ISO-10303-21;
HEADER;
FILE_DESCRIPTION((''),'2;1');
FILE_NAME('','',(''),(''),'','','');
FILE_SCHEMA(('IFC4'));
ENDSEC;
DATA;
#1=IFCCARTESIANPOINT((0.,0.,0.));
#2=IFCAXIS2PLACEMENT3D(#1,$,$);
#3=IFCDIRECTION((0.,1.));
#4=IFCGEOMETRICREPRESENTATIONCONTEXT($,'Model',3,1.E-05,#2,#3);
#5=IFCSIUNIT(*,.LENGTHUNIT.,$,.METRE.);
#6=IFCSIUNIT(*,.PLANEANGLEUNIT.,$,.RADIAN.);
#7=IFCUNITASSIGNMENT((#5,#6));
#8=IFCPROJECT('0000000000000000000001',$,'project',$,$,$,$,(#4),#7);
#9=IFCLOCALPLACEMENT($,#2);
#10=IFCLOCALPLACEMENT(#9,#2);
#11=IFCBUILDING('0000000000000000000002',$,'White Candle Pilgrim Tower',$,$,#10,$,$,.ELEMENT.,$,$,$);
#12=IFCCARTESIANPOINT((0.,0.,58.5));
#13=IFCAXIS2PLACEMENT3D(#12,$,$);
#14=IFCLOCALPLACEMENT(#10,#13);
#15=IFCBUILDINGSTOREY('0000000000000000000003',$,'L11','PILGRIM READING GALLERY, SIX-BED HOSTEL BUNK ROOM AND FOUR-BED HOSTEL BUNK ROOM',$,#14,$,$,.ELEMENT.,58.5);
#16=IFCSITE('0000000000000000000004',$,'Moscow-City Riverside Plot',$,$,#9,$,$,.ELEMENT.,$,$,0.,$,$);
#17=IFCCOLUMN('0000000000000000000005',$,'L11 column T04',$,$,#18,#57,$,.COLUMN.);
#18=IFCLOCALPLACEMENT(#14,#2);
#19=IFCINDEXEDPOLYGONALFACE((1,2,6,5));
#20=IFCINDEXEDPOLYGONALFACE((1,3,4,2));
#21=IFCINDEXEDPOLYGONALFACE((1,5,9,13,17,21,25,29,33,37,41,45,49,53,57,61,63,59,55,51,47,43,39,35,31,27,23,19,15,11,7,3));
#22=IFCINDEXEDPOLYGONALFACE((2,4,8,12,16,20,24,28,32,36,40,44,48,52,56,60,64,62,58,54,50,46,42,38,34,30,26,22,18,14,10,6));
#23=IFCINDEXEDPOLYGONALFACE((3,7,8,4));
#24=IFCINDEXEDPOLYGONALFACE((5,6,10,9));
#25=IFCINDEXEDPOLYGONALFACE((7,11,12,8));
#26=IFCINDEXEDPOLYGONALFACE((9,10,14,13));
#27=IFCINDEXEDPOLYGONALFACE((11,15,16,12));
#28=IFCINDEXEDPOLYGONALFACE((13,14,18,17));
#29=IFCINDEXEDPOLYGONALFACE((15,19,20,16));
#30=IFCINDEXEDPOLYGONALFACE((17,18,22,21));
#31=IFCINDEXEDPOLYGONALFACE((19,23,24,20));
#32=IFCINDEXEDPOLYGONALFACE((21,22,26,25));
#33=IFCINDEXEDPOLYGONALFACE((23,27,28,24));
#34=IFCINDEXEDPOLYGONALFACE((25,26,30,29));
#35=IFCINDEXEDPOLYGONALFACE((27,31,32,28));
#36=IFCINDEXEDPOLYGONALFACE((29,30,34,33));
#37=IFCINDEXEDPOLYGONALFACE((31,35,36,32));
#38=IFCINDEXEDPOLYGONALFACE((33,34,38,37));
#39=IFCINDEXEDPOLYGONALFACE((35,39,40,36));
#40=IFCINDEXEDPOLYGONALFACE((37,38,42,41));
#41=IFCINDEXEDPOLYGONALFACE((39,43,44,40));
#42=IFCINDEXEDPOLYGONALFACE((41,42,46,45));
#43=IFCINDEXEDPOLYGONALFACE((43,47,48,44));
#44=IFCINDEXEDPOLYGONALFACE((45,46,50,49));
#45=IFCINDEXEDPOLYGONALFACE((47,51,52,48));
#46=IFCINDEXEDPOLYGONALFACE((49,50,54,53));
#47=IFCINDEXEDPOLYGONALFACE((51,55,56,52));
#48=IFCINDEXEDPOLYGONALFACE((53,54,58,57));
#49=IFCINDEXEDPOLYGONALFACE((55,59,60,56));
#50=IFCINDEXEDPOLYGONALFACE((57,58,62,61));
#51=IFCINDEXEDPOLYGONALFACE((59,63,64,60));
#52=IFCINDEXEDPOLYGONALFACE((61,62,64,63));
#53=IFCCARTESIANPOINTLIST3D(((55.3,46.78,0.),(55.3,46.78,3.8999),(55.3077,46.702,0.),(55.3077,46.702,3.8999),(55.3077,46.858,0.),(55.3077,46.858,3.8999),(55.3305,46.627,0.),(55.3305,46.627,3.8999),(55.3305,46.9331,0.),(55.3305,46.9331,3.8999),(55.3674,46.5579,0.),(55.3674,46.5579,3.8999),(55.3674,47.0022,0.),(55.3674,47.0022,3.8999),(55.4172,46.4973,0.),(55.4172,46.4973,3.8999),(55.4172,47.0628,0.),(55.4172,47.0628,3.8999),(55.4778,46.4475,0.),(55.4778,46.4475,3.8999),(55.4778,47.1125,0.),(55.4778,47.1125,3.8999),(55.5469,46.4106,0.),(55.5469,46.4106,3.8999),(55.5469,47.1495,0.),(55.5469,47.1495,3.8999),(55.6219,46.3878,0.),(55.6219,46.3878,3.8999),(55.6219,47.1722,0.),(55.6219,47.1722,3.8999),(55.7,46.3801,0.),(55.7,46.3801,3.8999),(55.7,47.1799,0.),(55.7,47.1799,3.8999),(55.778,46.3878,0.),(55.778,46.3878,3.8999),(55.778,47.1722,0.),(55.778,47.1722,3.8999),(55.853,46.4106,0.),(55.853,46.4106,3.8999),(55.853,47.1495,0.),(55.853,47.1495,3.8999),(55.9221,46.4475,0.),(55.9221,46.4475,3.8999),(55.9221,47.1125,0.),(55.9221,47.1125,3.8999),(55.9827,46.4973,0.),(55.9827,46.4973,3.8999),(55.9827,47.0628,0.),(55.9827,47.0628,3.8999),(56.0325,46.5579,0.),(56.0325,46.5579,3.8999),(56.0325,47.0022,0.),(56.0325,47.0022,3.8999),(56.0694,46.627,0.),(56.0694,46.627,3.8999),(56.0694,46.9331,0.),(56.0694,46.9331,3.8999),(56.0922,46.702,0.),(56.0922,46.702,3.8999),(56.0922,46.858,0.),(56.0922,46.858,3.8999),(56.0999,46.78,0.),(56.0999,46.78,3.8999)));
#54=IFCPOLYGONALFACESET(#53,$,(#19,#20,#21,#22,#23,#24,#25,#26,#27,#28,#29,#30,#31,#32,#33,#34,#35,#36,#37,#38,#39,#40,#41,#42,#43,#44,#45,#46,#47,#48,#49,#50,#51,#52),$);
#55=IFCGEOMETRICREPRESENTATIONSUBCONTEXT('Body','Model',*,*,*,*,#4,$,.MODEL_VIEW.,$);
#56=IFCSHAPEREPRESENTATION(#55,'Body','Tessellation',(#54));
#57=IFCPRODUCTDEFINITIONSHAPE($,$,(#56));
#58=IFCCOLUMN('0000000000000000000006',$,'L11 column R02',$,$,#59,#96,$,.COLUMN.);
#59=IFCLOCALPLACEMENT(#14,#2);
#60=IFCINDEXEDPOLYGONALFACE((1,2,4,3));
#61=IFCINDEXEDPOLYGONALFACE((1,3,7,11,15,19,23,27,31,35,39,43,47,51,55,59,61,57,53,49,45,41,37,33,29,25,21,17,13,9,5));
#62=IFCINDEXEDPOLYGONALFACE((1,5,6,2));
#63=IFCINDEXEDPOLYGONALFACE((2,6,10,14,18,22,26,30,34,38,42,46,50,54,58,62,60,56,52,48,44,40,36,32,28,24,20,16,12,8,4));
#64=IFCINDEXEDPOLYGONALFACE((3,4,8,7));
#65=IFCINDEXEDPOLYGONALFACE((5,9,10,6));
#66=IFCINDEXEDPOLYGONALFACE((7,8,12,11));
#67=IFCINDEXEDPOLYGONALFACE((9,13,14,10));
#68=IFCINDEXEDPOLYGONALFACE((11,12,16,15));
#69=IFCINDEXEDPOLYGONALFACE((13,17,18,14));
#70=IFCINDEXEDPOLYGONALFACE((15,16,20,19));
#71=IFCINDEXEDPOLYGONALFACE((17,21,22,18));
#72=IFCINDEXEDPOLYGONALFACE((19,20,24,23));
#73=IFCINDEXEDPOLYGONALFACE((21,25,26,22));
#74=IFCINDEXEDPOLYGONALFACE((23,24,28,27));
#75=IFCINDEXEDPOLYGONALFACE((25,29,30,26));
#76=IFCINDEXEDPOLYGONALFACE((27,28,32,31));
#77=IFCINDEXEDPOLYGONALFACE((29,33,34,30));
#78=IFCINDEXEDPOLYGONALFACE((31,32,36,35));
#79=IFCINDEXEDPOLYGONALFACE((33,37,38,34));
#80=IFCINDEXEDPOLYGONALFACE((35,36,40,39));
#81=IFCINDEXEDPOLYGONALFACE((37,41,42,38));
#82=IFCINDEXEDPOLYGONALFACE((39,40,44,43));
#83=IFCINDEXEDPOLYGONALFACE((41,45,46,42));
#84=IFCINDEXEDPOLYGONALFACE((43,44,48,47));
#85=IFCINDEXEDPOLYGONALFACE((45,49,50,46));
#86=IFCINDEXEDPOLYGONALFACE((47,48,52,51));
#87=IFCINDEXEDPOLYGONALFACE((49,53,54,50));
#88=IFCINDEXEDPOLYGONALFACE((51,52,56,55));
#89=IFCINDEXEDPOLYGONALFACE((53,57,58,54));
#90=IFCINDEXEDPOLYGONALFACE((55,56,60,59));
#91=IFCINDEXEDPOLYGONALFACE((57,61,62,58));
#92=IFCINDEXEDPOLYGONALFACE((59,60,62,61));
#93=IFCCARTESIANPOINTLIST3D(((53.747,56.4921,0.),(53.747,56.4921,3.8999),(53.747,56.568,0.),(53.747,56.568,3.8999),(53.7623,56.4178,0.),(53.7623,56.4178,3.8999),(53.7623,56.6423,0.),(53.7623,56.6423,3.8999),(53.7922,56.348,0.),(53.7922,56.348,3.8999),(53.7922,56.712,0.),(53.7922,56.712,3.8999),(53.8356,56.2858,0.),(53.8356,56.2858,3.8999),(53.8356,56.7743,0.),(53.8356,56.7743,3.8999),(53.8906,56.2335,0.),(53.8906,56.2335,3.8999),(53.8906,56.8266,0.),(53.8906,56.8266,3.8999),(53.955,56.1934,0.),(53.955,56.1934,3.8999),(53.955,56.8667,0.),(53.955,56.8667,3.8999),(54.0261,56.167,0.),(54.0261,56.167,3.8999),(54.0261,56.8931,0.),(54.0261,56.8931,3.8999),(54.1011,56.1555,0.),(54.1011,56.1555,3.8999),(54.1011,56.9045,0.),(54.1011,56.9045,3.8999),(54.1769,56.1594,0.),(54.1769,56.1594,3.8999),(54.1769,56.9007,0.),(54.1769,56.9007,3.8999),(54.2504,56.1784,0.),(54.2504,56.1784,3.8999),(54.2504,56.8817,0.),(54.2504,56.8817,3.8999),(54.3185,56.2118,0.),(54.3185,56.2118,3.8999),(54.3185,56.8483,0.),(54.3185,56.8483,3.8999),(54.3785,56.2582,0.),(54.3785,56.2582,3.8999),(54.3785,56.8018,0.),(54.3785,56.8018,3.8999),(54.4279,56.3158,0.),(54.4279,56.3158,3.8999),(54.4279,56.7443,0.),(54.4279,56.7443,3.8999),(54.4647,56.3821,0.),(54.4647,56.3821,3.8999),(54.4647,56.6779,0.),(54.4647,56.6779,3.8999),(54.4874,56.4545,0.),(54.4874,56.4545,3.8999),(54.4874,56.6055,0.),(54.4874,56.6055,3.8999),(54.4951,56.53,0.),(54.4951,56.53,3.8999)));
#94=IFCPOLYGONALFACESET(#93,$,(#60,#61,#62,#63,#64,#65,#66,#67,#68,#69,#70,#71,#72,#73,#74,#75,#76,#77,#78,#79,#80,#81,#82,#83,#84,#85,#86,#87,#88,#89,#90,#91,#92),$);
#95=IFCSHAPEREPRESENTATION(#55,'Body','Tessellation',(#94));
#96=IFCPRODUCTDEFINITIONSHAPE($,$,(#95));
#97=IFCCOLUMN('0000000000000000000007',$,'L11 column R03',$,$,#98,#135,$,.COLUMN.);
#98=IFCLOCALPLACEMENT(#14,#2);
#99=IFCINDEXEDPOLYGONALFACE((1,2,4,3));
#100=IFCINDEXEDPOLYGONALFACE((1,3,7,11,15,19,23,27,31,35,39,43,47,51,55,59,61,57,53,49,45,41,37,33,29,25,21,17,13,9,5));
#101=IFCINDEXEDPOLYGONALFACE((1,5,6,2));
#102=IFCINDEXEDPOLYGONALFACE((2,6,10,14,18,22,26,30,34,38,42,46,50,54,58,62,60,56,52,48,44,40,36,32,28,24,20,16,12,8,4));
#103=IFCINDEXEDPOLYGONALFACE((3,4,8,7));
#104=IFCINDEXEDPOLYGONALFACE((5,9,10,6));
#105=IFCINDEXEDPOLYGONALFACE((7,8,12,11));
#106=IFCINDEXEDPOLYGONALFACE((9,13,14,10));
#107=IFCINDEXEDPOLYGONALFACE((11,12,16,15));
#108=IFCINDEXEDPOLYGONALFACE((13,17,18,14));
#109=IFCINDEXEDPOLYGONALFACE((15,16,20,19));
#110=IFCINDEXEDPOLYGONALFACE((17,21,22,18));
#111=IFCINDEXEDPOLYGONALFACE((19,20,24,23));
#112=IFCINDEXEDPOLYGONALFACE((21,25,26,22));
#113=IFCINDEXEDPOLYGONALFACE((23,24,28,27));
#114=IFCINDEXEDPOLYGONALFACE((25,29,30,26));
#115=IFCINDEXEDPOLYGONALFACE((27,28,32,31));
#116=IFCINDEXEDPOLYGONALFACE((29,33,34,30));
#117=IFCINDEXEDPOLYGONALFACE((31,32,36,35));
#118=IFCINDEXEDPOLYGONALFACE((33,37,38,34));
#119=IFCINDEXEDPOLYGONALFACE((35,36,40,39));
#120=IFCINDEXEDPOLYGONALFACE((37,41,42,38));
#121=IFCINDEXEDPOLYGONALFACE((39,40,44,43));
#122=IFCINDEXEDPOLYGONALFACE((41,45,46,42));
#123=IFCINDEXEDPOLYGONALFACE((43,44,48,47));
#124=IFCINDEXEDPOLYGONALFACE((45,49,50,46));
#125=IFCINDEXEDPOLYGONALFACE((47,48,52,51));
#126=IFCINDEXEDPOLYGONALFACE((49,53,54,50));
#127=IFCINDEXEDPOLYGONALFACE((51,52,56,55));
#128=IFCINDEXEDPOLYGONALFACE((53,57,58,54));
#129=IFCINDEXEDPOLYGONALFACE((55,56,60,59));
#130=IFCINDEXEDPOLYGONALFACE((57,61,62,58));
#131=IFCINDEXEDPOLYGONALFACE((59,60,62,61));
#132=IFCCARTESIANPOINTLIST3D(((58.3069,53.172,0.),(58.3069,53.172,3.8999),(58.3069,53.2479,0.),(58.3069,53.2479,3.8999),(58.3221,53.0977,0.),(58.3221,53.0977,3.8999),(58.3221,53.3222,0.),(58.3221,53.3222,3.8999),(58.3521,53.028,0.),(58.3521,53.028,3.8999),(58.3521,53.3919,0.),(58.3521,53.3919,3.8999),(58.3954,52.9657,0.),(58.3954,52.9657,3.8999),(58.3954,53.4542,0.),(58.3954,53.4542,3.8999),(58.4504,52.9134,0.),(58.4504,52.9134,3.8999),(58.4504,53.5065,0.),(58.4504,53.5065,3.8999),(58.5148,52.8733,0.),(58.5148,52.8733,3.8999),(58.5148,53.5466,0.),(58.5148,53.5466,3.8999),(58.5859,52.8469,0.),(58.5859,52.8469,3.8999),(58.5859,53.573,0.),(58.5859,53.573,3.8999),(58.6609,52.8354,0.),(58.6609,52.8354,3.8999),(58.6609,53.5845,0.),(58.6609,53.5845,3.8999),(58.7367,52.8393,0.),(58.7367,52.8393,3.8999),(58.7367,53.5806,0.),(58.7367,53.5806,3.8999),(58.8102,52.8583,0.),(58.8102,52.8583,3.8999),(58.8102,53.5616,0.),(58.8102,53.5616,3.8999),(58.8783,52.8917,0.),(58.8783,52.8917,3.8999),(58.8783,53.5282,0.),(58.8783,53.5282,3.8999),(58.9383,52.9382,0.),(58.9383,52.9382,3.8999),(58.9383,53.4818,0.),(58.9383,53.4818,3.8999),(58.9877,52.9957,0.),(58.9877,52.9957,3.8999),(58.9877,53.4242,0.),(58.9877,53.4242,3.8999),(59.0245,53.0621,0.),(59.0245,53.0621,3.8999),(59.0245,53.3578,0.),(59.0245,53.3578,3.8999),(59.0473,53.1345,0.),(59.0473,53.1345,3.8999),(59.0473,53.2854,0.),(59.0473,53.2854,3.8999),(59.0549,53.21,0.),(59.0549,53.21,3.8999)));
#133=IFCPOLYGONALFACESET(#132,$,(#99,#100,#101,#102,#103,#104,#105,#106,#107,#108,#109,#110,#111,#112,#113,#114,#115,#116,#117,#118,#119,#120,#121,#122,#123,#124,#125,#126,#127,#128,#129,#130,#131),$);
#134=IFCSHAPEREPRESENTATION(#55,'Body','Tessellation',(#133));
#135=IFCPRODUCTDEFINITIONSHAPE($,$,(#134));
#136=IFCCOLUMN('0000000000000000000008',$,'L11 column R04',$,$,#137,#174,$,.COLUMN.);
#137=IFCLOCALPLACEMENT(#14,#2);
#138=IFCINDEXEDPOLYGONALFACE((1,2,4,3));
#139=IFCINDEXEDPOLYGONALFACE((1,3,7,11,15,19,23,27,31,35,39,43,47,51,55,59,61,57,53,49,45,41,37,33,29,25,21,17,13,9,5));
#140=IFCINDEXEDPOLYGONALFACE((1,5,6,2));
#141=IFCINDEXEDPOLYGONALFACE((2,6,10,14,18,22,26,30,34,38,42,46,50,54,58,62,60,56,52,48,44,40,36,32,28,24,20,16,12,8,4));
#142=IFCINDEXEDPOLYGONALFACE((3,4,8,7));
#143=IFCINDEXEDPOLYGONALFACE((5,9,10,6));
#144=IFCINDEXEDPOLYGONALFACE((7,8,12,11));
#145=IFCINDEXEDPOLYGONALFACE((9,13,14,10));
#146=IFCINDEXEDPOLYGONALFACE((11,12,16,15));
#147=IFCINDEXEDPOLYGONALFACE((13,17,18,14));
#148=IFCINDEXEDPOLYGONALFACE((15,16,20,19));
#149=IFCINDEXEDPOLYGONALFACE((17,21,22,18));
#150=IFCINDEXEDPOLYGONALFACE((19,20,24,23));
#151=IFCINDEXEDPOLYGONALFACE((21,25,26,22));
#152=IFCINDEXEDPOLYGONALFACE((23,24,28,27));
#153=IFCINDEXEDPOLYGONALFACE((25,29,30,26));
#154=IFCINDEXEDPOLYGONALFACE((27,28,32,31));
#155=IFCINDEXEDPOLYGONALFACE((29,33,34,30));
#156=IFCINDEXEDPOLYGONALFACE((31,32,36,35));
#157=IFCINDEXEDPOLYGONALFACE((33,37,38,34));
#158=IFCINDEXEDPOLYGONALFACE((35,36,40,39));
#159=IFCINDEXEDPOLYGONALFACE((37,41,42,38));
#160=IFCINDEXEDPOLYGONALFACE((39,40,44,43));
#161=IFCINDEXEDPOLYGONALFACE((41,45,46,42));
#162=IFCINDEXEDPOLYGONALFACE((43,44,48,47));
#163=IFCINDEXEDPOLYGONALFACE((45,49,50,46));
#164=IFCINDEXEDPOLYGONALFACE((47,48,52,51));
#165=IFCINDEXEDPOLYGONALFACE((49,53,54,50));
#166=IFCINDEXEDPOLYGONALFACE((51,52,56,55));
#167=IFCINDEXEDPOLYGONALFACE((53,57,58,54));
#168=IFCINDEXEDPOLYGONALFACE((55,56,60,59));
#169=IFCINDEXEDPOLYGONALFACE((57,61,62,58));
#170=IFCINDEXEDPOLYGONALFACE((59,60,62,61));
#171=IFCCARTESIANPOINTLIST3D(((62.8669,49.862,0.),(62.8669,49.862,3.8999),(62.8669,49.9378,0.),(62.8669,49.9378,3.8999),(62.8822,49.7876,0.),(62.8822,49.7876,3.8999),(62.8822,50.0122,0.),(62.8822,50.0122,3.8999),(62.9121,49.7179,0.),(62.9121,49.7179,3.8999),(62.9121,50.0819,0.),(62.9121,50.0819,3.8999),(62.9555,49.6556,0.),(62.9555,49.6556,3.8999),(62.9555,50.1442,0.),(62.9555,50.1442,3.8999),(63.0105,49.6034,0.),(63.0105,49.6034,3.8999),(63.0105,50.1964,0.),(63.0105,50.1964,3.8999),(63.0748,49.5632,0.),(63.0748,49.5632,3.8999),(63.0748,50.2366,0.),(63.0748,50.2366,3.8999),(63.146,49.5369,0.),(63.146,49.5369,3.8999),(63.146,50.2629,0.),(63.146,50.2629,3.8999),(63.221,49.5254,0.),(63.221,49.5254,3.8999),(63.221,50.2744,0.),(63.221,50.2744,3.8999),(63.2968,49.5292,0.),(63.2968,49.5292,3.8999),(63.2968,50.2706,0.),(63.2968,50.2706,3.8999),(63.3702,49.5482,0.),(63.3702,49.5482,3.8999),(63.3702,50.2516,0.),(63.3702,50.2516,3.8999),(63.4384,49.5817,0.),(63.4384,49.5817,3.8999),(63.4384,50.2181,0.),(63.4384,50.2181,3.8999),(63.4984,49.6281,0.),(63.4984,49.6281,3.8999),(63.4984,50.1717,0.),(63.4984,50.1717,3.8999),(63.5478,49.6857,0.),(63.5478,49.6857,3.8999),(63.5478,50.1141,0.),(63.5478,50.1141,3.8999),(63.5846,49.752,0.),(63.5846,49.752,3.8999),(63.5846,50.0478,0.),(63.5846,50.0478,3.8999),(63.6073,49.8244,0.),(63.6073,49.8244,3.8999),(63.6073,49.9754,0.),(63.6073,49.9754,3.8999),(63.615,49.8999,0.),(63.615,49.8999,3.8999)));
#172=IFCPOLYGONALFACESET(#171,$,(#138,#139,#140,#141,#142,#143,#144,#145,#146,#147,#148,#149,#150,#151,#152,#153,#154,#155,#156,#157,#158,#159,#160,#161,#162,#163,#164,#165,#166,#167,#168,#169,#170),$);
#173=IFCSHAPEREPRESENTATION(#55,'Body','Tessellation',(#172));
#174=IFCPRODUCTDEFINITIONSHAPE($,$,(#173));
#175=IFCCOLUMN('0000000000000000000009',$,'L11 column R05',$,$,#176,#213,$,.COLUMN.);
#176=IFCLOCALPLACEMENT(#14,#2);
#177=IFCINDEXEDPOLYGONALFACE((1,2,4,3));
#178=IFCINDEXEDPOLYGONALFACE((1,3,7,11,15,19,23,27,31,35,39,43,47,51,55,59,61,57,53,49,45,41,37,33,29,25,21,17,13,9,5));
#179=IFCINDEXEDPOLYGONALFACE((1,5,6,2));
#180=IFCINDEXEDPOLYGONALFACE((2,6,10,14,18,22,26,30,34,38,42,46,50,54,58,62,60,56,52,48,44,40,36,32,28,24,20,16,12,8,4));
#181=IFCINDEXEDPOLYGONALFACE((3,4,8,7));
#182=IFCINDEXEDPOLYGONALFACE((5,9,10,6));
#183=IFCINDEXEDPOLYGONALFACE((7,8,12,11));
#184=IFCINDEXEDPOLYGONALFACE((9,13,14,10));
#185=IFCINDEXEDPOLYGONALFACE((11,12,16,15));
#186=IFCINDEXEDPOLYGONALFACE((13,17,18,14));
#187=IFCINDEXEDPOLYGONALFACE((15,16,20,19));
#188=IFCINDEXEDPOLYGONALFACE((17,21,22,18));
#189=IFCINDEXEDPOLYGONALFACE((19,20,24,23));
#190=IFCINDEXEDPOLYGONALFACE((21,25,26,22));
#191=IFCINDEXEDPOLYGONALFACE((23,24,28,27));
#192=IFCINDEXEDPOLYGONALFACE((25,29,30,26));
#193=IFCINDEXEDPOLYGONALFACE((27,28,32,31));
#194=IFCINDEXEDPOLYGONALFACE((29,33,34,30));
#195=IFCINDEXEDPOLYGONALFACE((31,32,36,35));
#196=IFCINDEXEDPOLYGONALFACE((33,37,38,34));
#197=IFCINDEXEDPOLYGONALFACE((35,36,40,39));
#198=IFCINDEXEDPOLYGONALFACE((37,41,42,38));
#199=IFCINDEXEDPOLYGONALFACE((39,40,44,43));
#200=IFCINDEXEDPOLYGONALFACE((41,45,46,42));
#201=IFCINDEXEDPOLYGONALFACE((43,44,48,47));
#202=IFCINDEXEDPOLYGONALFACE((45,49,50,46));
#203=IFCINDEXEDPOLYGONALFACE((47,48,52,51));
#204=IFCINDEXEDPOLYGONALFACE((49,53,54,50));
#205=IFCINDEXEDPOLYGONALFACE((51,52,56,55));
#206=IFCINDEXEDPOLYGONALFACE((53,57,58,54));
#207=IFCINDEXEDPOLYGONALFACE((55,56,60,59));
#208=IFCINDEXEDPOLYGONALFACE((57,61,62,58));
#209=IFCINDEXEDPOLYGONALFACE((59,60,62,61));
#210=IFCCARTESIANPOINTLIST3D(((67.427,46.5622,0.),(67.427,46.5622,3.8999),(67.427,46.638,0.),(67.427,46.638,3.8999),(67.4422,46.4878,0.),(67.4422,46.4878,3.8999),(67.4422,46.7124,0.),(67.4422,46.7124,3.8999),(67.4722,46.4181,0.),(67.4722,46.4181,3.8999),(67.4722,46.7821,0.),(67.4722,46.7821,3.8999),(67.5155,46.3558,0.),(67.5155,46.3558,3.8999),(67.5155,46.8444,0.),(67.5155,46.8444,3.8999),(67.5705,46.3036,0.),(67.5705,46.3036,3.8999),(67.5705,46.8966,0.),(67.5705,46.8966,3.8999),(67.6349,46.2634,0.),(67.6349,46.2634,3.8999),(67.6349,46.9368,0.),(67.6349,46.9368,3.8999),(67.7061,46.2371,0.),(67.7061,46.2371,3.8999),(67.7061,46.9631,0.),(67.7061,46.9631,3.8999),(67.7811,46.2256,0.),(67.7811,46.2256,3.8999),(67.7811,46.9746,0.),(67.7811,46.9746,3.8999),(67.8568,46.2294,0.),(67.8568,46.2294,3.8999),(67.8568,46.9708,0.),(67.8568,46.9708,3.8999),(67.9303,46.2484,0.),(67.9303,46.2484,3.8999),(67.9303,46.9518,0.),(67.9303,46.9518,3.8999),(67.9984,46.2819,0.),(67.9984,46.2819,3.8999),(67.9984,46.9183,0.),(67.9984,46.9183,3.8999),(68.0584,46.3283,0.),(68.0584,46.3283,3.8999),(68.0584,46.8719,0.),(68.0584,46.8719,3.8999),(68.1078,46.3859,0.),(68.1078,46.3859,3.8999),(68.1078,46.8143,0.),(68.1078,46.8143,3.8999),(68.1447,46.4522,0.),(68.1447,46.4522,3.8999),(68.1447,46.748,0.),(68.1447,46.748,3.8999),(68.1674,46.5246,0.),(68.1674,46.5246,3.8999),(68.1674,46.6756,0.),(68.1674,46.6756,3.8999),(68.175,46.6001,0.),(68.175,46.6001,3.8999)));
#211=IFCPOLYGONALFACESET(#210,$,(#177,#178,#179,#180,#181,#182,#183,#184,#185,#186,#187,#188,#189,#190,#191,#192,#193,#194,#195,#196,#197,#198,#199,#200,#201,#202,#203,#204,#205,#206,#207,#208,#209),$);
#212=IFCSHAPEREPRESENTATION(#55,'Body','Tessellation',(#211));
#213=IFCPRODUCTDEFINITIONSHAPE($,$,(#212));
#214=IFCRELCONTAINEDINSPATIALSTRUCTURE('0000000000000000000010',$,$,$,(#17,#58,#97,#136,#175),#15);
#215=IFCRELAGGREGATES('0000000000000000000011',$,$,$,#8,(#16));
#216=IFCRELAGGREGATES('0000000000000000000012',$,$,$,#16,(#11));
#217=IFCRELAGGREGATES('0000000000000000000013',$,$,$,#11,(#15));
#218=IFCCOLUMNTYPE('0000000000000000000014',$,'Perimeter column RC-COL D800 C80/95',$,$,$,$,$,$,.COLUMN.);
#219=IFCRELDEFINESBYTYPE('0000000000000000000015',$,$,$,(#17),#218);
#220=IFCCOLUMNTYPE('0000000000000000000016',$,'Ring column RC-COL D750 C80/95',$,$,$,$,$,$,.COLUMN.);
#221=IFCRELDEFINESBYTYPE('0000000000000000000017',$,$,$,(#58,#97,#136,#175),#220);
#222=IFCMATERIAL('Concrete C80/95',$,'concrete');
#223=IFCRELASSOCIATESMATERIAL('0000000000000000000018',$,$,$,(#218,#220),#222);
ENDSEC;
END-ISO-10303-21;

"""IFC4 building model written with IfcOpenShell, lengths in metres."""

from ifc_helpers import new_model, si_unit, direction, frame, origin, origin_2d, place, context, subcontext, project, spatial, circle, extrude, material, material_profile, profile_set, type_object, element, save


model = new_model("IFC4")

# Units and contexts
model_context = context("Model", 3, precision=1e-05, world=origin(), true_north=direction((0.0, 1.0)))
body_context = subcontext(model_context, "Body", "Model", "MODEL_VIEW")
ifc_project = project(units=[si_unit("LENGTHUNIT", "METRE"), si_unit("PLANEANGLEUNIT", "RADIAN")], contexts=[model_context])

# Site, building, storey
site_placement = place(None, origin())
site = spatial("IfcSite", under=ifc_project, at=site_placement, Name="Moscow-City Riverside Plot", CompositionType="ELEMENT", RefElevation=0.0)
building_placement = place(site_placement, origin())
building = spatial("IfcBuilding", under=site, at=building_placement, Name="White Candle Pilgrim Tower", CompositionType="ELEMENT")
storey_placement = place(building_placement, frame((0.0, 0.0, 58.5)))
storey = spatial("IfcBuildingStorey", under=building, at=storey_placement, Name="L11", Description="PILGRIM READING GALLERY, SIX-BED HOSTEL BUNK ROOM AND FOUR-BED HOSTEL BUNK ROOM", CompositionType="ELEMENT", Elevation=58.5)

# Columns
ifc_material_1 = material(Name="Concrete C80/95", Category="concrete")
ifc_material_profile_1 = material_profile(ifc_material_1, circle(Radius=0.3999, at=origin_2d()), Name="RC-COL D800")
ifc_profile_set_1 = profile_set([ifc_material_profile_1], Name="Concrete C80/95")
column_type_1 = type_object("IfcColumnType", Name="Perimeter column RC-COL D800 C80/95", PredefinedType="COLUMN", material=ifc_profile_set_1)
column_placement = place(storey_placement, frame((55.7, 46.78, 0.0), z_axis=(0.0, 0.0, 1.0), x_axis=(1.0, 0.0, 0.0)))
element("IfcColumn", 1, at=column_placement, inside=storey, type_object=column_type_1, Name="L11 column T04", PredefinedType="COLUMN", context=body_context, shape_type="SweptSolid", body=[
    extrude(circle(Radius=0.3999, at=origin_2d()), origin(), (0.0, 0.0, 1.0), 3.8999),
])
ifc_material_profile_2 = material_profile(ifc_material_1, circle(Radius=0.375, at=origin_2d()), Name="RC-COL D750")
ifc_profile_set_2 = profile_set([ifc_material_profile_2], Name="Concrete C80/95")
column_type_2 = type_object("IfcColumnType", Name="Ring column RC-COL D750 C80/95", PredefinedType="COLUMN", material=ifc_profile_set_2)
for number, where, z_axis, x_axis, name in (
    (2, (54.1201, 56.53, 0.0), (0.0, 0.0, 1.0), (1.0, 0.0, 0.0), "L11 column R02"),
    (3, (58.6799, 53.21, 0.0), (0.0, 0.0, 1.0), (1.0, 0.0, 0.0), "L11 column R03"),
    (4, (63.24, 49.8999, 0.0), (0.0, 0.0, 1.0), (1.0, 0.0, 0.0), "L11 column R04"),
    (5, (67.8, 46.6001, 0.0), (0.0, 0.0, 1.0), (1.0, 0.0, 0.0), "L11 column R05"),
):
    element("IfcColumn", number, at=place(storey_placement, frame(where, z_axis=z_axis, x_axis=x_axis)), inside=storey, type_object=column_type_2, Name=name, PredefinedType="COLUMN", context=body_context, shape_type="SweptSolid", body=[
        extrude(circle(Radius=0.375, at=origin_2d()), origin(), (0.0, 0.0, 1.0), 3.8999),
    ])

save(model, "model.ifc")
